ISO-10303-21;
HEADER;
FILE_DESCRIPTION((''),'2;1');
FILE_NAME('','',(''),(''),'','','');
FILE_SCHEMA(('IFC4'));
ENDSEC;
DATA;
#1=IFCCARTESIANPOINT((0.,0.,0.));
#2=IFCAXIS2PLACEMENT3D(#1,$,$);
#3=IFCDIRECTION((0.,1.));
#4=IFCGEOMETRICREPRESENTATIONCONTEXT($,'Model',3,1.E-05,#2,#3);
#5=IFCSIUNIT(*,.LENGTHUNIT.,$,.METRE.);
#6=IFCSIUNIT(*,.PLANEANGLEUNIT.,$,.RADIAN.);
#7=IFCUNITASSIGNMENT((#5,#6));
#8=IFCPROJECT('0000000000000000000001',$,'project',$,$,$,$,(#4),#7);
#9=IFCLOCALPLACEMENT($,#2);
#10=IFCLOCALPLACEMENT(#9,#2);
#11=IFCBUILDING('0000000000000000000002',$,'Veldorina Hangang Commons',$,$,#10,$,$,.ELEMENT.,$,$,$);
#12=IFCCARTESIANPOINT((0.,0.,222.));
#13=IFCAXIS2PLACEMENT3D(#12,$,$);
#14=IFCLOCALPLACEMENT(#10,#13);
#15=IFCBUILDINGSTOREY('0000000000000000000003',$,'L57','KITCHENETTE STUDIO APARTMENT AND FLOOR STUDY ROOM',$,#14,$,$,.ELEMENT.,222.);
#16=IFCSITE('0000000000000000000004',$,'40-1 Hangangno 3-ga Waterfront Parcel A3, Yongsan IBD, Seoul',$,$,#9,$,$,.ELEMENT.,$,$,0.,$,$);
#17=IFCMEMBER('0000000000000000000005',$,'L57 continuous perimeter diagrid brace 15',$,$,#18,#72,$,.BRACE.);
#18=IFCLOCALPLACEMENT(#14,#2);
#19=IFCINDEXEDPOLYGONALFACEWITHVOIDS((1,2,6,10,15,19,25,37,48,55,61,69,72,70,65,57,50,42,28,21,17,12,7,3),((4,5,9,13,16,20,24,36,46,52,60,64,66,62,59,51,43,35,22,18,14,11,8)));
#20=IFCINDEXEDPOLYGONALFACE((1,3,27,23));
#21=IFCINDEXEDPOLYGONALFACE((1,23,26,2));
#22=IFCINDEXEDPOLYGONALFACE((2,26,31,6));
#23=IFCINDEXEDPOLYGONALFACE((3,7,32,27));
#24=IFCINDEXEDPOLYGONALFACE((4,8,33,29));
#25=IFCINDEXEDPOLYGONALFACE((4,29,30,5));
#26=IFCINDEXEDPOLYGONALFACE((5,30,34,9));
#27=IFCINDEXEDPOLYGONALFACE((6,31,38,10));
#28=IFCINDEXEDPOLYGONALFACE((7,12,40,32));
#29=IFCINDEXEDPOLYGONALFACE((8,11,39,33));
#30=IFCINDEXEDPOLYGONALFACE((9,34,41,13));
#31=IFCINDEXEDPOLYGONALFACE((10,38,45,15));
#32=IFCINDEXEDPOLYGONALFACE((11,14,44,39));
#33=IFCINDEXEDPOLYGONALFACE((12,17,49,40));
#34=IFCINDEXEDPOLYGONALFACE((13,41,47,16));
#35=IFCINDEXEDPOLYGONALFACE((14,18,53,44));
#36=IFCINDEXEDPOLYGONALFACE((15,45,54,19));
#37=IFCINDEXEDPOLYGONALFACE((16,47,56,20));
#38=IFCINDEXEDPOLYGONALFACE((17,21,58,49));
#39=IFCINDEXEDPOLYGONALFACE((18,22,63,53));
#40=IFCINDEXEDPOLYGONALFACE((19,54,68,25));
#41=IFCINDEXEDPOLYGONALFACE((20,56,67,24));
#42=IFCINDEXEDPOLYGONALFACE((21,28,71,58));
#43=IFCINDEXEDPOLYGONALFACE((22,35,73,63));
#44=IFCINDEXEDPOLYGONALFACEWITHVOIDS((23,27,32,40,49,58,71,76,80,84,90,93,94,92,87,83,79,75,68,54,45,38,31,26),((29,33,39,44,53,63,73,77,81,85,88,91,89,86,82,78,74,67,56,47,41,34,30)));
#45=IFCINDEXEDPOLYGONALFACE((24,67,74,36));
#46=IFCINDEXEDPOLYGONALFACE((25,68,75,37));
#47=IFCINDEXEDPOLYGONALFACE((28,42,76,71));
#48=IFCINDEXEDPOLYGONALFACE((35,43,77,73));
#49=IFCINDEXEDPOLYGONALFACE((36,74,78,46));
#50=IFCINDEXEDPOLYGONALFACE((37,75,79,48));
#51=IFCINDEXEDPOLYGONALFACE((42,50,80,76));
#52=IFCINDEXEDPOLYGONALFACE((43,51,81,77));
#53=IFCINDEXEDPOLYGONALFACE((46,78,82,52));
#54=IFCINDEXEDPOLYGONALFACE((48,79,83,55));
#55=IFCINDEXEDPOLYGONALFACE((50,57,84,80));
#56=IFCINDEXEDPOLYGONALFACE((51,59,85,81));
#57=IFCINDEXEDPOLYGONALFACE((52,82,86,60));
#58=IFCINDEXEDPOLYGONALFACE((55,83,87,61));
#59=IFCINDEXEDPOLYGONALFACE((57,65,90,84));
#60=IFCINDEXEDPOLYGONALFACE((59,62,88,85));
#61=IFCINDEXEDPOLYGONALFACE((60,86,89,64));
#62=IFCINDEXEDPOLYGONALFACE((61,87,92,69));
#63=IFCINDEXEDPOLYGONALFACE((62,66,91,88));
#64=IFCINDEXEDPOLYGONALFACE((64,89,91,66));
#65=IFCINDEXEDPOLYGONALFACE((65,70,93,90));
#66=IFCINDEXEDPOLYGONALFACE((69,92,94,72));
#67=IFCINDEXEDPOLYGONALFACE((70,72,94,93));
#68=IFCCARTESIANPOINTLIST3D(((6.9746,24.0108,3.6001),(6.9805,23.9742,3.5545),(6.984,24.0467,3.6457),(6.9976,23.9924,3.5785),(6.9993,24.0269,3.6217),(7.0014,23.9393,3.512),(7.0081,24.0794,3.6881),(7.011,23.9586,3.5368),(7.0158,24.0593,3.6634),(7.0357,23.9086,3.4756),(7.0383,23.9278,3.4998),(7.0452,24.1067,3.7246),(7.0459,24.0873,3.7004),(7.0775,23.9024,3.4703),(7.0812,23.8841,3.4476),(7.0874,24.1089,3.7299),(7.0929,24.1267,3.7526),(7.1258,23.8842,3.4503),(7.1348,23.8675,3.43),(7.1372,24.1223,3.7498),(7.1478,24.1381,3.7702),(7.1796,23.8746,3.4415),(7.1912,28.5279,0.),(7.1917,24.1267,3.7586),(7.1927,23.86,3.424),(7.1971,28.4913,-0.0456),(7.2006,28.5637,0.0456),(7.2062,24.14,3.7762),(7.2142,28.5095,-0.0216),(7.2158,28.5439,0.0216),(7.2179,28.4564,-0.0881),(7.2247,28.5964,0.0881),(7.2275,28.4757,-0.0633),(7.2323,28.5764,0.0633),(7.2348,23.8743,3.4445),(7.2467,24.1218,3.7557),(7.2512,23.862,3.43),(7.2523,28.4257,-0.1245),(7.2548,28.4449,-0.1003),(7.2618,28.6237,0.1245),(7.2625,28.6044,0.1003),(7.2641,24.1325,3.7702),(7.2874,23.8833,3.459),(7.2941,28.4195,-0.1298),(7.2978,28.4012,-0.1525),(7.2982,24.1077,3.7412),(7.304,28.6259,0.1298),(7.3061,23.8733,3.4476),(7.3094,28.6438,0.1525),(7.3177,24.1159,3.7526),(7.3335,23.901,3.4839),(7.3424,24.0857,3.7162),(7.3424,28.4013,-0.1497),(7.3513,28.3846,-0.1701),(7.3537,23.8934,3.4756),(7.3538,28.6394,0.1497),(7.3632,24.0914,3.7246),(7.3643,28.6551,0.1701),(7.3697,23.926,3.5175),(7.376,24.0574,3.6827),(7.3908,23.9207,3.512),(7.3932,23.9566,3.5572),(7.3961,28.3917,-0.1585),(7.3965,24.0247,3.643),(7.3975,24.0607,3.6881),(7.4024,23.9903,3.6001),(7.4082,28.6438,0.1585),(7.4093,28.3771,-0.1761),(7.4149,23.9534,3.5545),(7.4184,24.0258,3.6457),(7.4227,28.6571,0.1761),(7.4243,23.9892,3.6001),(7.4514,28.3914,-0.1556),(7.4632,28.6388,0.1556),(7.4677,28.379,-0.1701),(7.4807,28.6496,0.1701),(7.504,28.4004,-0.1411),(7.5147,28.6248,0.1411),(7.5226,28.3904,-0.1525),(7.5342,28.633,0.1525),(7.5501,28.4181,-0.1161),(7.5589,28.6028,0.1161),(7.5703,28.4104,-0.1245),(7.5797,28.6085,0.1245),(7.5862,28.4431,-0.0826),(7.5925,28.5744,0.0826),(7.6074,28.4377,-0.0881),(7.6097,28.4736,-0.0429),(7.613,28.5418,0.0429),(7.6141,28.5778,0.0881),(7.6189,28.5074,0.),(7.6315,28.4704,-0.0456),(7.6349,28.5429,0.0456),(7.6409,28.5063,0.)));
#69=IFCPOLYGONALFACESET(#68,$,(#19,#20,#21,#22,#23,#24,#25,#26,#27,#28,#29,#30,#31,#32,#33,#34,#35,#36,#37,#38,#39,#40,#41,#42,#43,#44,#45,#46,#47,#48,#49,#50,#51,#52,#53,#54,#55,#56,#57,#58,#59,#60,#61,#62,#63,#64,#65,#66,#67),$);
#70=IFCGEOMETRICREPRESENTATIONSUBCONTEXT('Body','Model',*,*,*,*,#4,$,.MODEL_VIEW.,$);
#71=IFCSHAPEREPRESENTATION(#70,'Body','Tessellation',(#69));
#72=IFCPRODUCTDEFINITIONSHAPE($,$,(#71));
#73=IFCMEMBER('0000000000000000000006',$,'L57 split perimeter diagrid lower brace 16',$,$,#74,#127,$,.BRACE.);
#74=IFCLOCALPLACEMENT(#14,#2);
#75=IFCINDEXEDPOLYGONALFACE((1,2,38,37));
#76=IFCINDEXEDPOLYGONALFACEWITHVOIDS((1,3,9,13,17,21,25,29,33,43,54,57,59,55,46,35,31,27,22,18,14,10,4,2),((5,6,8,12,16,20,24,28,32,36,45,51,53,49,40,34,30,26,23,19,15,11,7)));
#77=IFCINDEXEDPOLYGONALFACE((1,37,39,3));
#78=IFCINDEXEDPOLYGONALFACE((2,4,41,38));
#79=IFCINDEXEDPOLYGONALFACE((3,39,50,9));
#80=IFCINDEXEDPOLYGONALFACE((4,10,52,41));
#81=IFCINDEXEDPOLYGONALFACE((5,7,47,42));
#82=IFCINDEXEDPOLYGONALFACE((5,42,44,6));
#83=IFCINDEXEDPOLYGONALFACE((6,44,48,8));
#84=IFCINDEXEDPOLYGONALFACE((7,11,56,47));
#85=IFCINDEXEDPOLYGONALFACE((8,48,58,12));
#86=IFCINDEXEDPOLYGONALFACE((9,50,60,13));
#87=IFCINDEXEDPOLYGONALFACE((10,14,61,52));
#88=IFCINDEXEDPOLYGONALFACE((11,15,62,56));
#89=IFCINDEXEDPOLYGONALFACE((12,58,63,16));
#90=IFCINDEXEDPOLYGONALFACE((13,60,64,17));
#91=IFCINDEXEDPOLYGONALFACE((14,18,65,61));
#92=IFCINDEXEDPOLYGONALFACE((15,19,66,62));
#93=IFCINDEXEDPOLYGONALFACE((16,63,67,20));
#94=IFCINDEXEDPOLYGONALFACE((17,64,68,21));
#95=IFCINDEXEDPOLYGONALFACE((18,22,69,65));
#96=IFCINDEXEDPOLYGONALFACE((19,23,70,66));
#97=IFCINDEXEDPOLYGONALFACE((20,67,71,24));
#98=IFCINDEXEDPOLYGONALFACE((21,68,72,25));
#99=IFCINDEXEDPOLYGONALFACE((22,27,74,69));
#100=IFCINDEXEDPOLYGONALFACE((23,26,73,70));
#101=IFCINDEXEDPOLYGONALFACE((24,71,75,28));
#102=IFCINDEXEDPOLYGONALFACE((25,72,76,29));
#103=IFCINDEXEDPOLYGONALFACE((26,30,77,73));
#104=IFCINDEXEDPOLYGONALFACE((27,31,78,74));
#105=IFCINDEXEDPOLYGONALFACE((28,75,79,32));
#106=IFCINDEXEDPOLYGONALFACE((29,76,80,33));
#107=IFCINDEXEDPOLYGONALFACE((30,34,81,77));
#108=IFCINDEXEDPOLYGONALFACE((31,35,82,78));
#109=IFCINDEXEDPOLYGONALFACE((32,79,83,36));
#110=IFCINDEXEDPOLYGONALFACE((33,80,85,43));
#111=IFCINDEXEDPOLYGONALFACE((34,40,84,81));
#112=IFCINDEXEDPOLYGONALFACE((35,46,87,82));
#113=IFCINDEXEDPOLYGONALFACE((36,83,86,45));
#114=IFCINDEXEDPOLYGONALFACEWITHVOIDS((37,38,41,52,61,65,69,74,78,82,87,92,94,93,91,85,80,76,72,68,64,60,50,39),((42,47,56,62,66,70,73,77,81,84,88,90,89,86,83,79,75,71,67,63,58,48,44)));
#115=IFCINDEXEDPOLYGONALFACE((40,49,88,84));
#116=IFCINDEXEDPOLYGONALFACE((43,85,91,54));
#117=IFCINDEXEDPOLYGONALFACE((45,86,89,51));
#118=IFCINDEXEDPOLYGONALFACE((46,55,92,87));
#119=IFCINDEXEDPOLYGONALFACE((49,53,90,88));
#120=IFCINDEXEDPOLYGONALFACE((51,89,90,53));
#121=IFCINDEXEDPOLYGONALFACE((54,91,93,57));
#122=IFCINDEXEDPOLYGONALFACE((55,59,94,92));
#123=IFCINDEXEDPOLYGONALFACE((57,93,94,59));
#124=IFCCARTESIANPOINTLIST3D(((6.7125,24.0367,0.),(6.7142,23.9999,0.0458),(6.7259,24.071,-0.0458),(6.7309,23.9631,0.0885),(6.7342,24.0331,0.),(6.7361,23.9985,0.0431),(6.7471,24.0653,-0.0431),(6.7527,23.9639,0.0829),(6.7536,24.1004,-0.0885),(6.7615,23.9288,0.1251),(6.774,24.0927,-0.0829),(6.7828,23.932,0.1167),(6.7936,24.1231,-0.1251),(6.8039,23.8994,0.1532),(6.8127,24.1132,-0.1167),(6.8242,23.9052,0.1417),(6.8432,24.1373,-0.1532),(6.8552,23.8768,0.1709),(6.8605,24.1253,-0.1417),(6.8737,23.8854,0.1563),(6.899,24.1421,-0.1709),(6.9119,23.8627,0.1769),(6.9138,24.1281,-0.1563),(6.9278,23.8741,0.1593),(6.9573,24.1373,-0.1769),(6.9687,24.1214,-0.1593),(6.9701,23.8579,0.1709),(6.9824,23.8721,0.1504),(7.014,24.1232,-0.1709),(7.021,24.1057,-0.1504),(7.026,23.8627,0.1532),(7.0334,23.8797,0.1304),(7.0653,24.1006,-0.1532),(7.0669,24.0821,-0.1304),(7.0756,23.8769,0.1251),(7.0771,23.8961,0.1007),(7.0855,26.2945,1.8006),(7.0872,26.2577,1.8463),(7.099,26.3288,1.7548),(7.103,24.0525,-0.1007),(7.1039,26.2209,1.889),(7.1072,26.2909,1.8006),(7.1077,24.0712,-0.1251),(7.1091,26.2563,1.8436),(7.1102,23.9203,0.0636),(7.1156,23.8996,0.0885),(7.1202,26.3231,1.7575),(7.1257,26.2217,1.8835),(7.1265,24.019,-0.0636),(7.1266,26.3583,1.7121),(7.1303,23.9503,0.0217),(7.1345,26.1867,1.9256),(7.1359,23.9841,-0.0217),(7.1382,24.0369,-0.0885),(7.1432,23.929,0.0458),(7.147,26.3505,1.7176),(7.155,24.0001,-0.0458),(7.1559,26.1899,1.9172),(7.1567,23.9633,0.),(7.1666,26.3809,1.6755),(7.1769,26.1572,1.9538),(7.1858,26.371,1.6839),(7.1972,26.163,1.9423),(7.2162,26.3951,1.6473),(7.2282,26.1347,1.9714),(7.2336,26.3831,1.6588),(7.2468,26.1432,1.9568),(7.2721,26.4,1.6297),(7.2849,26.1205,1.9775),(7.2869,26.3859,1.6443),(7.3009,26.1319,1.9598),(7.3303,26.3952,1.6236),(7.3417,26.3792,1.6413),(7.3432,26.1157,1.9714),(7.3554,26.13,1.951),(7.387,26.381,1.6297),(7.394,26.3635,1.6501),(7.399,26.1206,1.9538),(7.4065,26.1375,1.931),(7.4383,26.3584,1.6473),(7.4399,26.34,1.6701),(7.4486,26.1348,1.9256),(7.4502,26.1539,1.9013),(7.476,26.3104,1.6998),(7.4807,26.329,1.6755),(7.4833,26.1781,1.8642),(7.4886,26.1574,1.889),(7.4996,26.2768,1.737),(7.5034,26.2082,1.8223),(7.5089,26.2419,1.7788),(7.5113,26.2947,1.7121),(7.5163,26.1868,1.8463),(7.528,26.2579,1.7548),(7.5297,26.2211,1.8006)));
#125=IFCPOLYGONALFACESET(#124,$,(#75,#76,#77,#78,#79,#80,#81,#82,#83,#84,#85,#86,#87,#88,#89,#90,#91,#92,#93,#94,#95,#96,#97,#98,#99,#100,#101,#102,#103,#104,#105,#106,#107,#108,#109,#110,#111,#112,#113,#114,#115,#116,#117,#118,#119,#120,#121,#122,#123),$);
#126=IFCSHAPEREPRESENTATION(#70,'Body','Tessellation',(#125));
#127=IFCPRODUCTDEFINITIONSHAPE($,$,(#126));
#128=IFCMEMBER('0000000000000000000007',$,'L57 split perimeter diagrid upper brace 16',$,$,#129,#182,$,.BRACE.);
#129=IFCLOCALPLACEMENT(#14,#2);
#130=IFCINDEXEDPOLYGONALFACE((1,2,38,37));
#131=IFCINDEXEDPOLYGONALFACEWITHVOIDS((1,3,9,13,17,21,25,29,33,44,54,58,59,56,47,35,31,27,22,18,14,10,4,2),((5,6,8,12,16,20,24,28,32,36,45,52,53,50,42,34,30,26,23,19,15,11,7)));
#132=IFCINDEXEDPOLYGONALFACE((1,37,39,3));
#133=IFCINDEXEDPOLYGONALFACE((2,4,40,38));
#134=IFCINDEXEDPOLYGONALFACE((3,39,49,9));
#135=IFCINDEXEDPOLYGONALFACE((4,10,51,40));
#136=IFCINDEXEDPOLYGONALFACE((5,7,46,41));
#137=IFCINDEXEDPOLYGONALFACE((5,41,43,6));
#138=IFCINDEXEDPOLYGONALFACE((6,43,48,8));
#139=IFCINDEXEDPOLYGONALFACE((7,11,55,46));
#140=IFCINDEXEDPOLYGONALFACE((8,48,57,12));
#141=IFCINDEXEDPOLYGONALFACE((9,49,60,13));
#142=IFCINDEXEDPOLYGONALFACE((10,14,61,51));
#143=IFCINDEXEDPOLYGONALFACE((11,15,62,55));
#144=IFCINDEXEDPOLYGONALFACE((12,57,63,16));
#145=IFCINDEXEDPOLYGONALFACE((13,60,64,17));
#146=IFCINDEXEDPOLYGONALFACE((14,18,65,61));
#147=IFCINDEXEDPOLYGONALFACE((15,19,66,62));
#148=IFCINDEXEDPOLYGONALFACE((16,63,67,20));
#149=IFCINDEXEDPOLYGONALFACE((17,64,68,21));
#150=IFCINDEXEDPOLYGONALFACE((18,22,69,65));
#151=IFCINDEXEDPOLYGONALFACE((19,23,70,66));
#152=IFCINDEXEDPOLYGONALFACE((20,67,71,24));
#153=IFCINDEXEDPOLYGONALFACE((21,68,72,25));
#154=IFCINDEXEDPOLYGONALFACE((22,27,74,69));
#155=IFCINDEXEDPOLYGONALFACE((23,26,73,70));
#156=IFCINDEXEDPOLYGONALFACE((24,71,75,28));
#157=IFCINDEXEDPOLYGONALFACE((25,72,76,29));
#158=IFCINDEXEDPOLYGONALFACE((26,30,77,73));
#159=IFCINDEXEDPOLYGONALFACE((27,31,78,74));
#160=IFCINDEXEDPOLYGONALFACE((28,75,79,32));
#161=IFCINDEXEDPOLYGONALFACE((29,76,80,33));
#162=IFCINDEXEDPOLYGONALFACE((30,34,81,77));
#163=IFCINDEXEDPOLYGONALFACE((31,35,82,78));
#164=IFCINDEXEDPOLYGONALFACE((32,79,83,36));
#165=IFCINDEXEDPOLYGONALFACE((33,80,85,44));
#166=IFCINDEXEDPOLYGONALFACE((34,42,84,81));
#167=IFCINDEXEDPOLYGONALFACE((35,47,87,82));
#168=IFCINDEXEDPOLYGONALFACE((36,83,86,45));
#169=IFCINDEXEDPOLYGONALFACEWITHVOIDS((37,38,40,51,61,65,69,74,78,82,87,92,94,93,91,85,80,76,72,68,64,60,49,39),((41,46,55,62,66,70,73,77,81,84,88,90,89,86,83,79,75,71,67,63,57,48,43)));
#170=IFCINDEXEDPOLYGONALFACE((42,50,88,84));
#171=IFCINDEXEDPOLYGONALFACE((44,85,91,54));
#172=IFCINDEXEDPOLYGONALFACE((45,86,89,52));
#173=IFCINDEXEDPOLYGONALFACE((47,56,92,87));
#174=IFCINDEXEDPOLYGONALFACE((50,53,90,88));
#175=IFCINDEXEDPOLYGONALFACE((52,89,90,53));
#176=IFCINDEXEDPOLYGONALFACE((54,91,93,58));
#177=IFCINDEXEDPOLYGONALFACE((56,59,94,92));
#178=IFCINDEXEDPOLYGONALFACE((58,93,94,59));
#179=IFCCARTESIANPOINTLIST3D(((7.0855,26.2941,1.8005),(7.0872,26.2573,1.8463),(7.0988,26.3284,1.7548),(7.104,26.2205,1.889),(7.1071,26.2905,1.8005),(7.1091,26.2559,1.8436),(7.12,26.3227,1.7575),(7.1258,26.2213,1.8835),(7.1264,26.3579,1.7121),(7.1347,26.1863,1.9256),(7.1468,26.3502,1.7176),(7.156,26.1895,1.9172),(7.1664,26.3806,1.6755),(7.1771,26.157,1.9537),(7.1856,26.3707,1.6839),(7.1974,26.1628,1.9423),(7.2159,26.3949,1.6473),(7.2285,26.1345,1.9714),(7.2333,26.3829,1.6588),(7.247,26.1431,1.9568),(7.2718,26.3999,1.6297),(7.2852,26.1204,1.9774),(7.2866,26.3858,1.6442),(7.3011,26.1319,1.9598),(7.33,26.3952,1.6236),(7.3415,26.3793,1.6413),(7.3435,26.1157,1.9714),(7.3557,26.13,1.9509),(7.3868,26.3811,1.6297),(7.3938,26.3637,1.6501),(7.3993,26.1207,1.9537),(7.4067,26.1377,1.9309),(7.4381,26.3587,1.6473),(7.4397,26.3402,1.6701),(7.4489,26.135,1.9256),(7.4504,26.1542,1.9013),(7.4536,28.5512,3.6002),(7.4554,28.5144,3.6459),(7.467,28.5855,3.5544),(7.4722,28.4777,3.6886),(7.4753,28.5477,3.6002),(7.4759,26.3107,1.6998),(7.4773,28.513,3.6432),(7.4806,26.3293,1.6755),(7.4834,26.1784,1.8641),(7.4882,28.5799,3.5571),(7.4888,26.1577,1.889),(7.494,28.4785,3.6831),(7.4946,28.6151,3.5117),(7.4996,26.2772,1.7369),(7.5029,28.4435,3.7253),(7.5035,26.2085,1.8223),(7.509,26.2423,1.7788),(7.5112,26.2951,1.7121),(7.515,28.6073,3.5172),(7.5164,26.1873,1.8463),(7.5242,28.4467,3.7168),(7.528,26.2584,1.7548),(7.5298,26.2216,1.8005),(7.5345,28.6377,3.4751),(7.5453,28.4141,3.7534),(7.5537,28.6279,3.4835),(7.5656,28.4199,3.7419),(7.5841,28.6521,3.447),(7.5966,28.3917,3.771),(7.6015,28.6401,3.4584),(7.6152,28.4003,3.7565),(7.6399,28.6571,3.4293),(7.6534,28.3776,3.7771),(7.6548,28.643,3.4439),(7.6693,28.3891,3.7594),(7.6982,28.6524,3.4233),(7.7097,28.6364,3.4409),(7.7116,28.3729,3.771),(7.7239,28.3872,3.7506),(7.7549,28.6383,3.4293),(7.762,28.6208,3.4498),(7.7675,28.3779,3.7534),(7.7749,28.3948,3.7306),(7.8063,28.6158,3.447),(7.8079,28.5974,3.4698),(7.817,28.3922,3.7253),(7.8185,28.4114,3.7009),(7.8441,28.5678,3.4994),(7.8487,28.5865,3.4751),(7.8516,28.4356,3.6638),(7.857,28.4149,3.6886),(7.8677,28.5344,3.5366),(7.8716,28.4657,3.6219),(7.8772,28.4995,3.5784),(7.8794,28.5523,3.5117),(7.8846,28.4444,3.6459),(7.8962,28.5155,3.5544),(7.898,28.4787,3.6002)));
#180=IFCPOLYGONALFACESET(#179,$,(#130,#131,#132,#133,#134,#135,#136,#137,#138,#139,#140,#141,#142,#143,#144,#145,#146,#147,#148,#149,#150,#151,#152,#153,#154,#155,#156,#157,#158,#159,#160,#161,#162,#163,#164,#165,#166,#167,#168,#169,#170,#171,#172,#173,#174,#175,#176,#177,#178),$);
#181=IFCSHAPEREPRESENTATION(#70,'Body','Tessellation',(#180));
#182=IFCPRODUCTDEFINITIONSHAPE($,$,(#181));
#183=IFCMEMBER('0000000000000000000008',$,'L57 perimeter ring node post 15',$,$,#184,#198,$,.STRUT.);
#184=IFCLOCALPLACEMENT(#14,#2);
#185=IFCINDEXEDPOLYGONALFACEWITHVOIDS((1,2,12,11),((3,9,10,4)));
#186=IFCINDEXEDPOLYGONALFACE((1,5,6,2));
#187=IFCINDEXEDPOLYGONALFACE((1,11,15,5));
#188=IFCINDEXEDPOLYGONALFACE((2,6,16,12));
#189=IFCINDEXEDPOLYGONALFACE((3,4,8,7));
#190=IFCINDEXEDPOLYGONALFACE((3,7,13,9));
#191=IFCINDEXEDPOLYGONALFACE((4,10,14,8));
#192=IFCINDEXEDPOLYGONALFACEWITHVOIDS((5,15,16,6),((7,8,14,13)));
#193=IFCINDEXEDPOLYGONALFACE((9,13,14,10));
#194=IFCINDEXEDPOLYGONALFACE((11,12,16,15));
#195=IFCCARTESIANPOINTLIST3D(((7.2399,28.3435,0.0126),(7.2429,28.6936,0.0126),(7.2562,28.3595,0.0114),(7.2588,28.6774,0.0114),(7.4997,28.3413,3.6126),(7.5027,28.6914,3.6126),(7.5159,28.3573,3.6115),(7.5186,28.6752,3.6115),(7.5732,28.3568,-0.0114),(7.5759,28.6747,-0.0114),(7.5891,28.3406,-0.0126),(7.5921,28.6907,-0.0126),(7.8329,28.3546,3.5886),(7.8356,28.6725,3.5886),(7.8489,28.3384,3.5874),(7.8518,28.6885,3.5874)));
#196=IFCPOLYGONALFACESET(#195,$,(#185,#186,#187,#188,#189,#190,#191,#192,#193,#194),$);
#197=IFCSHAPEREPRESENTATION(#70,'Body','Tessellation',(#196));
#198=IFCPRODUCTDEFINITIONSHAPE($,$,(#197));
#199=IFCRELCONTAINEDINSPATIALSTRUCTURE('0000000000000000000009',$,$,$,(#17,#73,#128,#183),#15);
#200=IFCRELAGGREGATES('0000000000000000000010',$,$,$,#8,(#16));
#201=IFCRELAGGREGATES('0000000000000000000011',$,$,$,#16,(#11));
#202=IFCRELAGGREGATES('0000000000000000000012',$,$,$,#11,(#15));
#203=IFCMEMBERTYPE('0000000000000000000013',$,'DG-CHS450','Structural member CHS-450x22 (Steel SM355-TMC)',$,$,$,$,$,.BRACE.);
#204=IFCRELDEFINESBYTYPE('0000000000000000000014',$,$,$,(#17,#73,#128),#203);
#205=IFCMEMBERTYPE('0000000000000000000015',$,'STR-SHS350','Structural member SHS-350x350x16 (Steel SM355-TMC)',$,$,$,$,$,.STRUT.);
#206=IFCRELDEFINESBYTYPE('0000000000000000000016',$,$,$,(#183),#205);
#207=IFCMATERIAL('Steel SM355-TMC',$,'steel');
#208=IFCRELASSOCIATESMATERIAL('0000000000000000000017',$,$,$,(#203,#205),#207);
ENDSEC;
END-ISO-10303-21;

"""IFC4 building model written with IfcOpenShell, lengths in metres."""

from ifc_helpers import new_model, si_unit, direction, frame, origin, origin_2d, place, context, subcontext, project, spatial, hollow_rectangle, hollow_circle, extrude, material, material_profile, profile_set, type_object, element, save


model = new_model("IFC4")

# Units and contexts
model_context = context("Model", 3, precision=1e-05, world=origin(), true_north=direction((0.0, 1.0)))
body_context = subcontext(model_context, "Body", "Model", "MODEL_VIEW")
ifc_project = project(units=[si_unit("LENGTHUNIT", "METRE"), si_unit("PLANEANGLEUNIT", "RADIAN")], contexts=[model_context])

# Site, building, storey
site_placement = place(None, origin())
site = spatial("IfcSite", under=ifc_project, at=site_placement, Name="40-1 Hangangno 3-ga Waterfront Parcel A3, Yongsan IBD, Seoul", CompositionType="ELEMENT", RefElevation=0.0)
building_placement = place(site_placement, origin())
building = spatial("IfcBuilding", under=site, at=building_placement, Name="Veldorina Hangang Commons", CompositionType="ELEMENT")
storey_placement = place(building_placement, frame((0.0, 0.0, 222.0)))
storey = spatial("IfcBuildingStorey", under=building, at=storey_placement, Name="L57", Description="KITCHENETTE STUDIO APARTMENT AND FLOOR STUDY ROOM", CompositionType="ELEMENT", Elevation=222.0)

# Shared definitions
ifc_material_1 = material(Name="Steel SM355-TMC", Category="steel")

# Members
ifc_material_profile_1 = material_profile(ifc_material_1, hollow_circle(Radius=0.2251, WallThickness=0.022, at=origin_2d()), Name="CHS-450x22")
ifc_profile_set_1 = profile_set([ifc_material_profile_1], Name="Steel SM355-TMC")
member_type_1 = type_object("IfcMemberType", Name="DG-CHS450", Description="Structural member CHS-450x22 (Steel SM355-TMC)", PredefinedType="BRACE", material=ifc_profile_set_1)
member_1_placement = place(storey_placement, frame((7.416, 28.5171, 0.0), z_axis=(-0.037464, -0.781465, 0.622824), x_axis=(0.998853, -0.047886, 0.0)))
element("IfcMember", 1, at=member_1_placement, inside=storey, type_object=member_type_1, Name="L57 continuous perimeter diagrid brace 15", PredefinedType="BRACE", context=body_context, shape_type="SweptSolid", body=[
    extrude(hollow_circle(Radius=0.2251, WallThickness=0.022, at=origin_2d()), origin(), (0.0, 0.0, 1.0), 5.7803),
])
member_2_placement = place(storey_placement, frame((6.9346, 24.0, 0.0), z_axis=(0.128114, 0.77539, 0.61835), x_axis=(-0.986624, 0.163015, 0.0)))
element("IfcMember", 2, at=member_2_placement, inside=storey, type_object=member_type_1, Name="L57 split perimeter diagrid lower brace 16", PredefinedType="BRACE", context=body_context, shape_type="SweptSolid", body=[
    extrude(hollow_circle(Radius=0.2251, WallThickness=0.022, at=origin_2d()), origin(), (0.0, 0.0, 1.0), 2.9119),
])
member_3_placement = place(storey_placement, frame((7.3076, 26.2578, 1.8005), z_axis=(0.126515, 0.775616, 0.618396), x_axis=(-0.986956, 0.160988, 0.0)))
element("IfcMember", 3, at=member_3_placement, inside=storey, type_object=member_type_1, Name="L57 split perimeter diagrid upper brace 16", PredefinedType="BRACE", context=body_context, shape_type="SweptSolid", body=[
    extrude(hollow_circle(Radius=0.2251, WallThickness=0.022, at=origin_2d()), origin(), (0.0, 0.0, 1.0), 2.9102),
])
ifc_material_profile_2 = material_profile(ifc_material_1, hollow_rectangle(XDim=0.3501, YDim=0.3501, WallThickness=0.0161, at=origin_2d()), Name="SHS-350x350x16")
ifc_profile_set_2 = profile_set([ifc_material_profile_2], Name="Steel SM355-TMC")
member_type_2 = type_object("IfcMemberType", Name="STR-SHS350", Description="Structural member SHS-350x350x16 (Steel SM355-TMC)", PredefinedType="STRUT", material=ifc_profile_set_2)
member_4_placement = place(storey_placement, frame((7.416, 28.5171, 0.0), z_axis=(0.071968, -0.000609, 0.997407), x_axis=(0.008458, 0.999964, 0.0)))
element("IfcMember", 4, at=member_4_placement, inside=storey, type_object=member_type_2, Name="L57 perimeter ring node post 15", PredefinedType="STRUT", context=body_context, shape_type="SweptSolid", body=[
    extrude(hollow_rectangle(XDim=0.3501, YDim=0.3501, WallThickness=0.0161, at=origin_2d()), origin(), (0.0, 0.0, 1.0), 3.6094),
])

save(model, "model.ifc")
